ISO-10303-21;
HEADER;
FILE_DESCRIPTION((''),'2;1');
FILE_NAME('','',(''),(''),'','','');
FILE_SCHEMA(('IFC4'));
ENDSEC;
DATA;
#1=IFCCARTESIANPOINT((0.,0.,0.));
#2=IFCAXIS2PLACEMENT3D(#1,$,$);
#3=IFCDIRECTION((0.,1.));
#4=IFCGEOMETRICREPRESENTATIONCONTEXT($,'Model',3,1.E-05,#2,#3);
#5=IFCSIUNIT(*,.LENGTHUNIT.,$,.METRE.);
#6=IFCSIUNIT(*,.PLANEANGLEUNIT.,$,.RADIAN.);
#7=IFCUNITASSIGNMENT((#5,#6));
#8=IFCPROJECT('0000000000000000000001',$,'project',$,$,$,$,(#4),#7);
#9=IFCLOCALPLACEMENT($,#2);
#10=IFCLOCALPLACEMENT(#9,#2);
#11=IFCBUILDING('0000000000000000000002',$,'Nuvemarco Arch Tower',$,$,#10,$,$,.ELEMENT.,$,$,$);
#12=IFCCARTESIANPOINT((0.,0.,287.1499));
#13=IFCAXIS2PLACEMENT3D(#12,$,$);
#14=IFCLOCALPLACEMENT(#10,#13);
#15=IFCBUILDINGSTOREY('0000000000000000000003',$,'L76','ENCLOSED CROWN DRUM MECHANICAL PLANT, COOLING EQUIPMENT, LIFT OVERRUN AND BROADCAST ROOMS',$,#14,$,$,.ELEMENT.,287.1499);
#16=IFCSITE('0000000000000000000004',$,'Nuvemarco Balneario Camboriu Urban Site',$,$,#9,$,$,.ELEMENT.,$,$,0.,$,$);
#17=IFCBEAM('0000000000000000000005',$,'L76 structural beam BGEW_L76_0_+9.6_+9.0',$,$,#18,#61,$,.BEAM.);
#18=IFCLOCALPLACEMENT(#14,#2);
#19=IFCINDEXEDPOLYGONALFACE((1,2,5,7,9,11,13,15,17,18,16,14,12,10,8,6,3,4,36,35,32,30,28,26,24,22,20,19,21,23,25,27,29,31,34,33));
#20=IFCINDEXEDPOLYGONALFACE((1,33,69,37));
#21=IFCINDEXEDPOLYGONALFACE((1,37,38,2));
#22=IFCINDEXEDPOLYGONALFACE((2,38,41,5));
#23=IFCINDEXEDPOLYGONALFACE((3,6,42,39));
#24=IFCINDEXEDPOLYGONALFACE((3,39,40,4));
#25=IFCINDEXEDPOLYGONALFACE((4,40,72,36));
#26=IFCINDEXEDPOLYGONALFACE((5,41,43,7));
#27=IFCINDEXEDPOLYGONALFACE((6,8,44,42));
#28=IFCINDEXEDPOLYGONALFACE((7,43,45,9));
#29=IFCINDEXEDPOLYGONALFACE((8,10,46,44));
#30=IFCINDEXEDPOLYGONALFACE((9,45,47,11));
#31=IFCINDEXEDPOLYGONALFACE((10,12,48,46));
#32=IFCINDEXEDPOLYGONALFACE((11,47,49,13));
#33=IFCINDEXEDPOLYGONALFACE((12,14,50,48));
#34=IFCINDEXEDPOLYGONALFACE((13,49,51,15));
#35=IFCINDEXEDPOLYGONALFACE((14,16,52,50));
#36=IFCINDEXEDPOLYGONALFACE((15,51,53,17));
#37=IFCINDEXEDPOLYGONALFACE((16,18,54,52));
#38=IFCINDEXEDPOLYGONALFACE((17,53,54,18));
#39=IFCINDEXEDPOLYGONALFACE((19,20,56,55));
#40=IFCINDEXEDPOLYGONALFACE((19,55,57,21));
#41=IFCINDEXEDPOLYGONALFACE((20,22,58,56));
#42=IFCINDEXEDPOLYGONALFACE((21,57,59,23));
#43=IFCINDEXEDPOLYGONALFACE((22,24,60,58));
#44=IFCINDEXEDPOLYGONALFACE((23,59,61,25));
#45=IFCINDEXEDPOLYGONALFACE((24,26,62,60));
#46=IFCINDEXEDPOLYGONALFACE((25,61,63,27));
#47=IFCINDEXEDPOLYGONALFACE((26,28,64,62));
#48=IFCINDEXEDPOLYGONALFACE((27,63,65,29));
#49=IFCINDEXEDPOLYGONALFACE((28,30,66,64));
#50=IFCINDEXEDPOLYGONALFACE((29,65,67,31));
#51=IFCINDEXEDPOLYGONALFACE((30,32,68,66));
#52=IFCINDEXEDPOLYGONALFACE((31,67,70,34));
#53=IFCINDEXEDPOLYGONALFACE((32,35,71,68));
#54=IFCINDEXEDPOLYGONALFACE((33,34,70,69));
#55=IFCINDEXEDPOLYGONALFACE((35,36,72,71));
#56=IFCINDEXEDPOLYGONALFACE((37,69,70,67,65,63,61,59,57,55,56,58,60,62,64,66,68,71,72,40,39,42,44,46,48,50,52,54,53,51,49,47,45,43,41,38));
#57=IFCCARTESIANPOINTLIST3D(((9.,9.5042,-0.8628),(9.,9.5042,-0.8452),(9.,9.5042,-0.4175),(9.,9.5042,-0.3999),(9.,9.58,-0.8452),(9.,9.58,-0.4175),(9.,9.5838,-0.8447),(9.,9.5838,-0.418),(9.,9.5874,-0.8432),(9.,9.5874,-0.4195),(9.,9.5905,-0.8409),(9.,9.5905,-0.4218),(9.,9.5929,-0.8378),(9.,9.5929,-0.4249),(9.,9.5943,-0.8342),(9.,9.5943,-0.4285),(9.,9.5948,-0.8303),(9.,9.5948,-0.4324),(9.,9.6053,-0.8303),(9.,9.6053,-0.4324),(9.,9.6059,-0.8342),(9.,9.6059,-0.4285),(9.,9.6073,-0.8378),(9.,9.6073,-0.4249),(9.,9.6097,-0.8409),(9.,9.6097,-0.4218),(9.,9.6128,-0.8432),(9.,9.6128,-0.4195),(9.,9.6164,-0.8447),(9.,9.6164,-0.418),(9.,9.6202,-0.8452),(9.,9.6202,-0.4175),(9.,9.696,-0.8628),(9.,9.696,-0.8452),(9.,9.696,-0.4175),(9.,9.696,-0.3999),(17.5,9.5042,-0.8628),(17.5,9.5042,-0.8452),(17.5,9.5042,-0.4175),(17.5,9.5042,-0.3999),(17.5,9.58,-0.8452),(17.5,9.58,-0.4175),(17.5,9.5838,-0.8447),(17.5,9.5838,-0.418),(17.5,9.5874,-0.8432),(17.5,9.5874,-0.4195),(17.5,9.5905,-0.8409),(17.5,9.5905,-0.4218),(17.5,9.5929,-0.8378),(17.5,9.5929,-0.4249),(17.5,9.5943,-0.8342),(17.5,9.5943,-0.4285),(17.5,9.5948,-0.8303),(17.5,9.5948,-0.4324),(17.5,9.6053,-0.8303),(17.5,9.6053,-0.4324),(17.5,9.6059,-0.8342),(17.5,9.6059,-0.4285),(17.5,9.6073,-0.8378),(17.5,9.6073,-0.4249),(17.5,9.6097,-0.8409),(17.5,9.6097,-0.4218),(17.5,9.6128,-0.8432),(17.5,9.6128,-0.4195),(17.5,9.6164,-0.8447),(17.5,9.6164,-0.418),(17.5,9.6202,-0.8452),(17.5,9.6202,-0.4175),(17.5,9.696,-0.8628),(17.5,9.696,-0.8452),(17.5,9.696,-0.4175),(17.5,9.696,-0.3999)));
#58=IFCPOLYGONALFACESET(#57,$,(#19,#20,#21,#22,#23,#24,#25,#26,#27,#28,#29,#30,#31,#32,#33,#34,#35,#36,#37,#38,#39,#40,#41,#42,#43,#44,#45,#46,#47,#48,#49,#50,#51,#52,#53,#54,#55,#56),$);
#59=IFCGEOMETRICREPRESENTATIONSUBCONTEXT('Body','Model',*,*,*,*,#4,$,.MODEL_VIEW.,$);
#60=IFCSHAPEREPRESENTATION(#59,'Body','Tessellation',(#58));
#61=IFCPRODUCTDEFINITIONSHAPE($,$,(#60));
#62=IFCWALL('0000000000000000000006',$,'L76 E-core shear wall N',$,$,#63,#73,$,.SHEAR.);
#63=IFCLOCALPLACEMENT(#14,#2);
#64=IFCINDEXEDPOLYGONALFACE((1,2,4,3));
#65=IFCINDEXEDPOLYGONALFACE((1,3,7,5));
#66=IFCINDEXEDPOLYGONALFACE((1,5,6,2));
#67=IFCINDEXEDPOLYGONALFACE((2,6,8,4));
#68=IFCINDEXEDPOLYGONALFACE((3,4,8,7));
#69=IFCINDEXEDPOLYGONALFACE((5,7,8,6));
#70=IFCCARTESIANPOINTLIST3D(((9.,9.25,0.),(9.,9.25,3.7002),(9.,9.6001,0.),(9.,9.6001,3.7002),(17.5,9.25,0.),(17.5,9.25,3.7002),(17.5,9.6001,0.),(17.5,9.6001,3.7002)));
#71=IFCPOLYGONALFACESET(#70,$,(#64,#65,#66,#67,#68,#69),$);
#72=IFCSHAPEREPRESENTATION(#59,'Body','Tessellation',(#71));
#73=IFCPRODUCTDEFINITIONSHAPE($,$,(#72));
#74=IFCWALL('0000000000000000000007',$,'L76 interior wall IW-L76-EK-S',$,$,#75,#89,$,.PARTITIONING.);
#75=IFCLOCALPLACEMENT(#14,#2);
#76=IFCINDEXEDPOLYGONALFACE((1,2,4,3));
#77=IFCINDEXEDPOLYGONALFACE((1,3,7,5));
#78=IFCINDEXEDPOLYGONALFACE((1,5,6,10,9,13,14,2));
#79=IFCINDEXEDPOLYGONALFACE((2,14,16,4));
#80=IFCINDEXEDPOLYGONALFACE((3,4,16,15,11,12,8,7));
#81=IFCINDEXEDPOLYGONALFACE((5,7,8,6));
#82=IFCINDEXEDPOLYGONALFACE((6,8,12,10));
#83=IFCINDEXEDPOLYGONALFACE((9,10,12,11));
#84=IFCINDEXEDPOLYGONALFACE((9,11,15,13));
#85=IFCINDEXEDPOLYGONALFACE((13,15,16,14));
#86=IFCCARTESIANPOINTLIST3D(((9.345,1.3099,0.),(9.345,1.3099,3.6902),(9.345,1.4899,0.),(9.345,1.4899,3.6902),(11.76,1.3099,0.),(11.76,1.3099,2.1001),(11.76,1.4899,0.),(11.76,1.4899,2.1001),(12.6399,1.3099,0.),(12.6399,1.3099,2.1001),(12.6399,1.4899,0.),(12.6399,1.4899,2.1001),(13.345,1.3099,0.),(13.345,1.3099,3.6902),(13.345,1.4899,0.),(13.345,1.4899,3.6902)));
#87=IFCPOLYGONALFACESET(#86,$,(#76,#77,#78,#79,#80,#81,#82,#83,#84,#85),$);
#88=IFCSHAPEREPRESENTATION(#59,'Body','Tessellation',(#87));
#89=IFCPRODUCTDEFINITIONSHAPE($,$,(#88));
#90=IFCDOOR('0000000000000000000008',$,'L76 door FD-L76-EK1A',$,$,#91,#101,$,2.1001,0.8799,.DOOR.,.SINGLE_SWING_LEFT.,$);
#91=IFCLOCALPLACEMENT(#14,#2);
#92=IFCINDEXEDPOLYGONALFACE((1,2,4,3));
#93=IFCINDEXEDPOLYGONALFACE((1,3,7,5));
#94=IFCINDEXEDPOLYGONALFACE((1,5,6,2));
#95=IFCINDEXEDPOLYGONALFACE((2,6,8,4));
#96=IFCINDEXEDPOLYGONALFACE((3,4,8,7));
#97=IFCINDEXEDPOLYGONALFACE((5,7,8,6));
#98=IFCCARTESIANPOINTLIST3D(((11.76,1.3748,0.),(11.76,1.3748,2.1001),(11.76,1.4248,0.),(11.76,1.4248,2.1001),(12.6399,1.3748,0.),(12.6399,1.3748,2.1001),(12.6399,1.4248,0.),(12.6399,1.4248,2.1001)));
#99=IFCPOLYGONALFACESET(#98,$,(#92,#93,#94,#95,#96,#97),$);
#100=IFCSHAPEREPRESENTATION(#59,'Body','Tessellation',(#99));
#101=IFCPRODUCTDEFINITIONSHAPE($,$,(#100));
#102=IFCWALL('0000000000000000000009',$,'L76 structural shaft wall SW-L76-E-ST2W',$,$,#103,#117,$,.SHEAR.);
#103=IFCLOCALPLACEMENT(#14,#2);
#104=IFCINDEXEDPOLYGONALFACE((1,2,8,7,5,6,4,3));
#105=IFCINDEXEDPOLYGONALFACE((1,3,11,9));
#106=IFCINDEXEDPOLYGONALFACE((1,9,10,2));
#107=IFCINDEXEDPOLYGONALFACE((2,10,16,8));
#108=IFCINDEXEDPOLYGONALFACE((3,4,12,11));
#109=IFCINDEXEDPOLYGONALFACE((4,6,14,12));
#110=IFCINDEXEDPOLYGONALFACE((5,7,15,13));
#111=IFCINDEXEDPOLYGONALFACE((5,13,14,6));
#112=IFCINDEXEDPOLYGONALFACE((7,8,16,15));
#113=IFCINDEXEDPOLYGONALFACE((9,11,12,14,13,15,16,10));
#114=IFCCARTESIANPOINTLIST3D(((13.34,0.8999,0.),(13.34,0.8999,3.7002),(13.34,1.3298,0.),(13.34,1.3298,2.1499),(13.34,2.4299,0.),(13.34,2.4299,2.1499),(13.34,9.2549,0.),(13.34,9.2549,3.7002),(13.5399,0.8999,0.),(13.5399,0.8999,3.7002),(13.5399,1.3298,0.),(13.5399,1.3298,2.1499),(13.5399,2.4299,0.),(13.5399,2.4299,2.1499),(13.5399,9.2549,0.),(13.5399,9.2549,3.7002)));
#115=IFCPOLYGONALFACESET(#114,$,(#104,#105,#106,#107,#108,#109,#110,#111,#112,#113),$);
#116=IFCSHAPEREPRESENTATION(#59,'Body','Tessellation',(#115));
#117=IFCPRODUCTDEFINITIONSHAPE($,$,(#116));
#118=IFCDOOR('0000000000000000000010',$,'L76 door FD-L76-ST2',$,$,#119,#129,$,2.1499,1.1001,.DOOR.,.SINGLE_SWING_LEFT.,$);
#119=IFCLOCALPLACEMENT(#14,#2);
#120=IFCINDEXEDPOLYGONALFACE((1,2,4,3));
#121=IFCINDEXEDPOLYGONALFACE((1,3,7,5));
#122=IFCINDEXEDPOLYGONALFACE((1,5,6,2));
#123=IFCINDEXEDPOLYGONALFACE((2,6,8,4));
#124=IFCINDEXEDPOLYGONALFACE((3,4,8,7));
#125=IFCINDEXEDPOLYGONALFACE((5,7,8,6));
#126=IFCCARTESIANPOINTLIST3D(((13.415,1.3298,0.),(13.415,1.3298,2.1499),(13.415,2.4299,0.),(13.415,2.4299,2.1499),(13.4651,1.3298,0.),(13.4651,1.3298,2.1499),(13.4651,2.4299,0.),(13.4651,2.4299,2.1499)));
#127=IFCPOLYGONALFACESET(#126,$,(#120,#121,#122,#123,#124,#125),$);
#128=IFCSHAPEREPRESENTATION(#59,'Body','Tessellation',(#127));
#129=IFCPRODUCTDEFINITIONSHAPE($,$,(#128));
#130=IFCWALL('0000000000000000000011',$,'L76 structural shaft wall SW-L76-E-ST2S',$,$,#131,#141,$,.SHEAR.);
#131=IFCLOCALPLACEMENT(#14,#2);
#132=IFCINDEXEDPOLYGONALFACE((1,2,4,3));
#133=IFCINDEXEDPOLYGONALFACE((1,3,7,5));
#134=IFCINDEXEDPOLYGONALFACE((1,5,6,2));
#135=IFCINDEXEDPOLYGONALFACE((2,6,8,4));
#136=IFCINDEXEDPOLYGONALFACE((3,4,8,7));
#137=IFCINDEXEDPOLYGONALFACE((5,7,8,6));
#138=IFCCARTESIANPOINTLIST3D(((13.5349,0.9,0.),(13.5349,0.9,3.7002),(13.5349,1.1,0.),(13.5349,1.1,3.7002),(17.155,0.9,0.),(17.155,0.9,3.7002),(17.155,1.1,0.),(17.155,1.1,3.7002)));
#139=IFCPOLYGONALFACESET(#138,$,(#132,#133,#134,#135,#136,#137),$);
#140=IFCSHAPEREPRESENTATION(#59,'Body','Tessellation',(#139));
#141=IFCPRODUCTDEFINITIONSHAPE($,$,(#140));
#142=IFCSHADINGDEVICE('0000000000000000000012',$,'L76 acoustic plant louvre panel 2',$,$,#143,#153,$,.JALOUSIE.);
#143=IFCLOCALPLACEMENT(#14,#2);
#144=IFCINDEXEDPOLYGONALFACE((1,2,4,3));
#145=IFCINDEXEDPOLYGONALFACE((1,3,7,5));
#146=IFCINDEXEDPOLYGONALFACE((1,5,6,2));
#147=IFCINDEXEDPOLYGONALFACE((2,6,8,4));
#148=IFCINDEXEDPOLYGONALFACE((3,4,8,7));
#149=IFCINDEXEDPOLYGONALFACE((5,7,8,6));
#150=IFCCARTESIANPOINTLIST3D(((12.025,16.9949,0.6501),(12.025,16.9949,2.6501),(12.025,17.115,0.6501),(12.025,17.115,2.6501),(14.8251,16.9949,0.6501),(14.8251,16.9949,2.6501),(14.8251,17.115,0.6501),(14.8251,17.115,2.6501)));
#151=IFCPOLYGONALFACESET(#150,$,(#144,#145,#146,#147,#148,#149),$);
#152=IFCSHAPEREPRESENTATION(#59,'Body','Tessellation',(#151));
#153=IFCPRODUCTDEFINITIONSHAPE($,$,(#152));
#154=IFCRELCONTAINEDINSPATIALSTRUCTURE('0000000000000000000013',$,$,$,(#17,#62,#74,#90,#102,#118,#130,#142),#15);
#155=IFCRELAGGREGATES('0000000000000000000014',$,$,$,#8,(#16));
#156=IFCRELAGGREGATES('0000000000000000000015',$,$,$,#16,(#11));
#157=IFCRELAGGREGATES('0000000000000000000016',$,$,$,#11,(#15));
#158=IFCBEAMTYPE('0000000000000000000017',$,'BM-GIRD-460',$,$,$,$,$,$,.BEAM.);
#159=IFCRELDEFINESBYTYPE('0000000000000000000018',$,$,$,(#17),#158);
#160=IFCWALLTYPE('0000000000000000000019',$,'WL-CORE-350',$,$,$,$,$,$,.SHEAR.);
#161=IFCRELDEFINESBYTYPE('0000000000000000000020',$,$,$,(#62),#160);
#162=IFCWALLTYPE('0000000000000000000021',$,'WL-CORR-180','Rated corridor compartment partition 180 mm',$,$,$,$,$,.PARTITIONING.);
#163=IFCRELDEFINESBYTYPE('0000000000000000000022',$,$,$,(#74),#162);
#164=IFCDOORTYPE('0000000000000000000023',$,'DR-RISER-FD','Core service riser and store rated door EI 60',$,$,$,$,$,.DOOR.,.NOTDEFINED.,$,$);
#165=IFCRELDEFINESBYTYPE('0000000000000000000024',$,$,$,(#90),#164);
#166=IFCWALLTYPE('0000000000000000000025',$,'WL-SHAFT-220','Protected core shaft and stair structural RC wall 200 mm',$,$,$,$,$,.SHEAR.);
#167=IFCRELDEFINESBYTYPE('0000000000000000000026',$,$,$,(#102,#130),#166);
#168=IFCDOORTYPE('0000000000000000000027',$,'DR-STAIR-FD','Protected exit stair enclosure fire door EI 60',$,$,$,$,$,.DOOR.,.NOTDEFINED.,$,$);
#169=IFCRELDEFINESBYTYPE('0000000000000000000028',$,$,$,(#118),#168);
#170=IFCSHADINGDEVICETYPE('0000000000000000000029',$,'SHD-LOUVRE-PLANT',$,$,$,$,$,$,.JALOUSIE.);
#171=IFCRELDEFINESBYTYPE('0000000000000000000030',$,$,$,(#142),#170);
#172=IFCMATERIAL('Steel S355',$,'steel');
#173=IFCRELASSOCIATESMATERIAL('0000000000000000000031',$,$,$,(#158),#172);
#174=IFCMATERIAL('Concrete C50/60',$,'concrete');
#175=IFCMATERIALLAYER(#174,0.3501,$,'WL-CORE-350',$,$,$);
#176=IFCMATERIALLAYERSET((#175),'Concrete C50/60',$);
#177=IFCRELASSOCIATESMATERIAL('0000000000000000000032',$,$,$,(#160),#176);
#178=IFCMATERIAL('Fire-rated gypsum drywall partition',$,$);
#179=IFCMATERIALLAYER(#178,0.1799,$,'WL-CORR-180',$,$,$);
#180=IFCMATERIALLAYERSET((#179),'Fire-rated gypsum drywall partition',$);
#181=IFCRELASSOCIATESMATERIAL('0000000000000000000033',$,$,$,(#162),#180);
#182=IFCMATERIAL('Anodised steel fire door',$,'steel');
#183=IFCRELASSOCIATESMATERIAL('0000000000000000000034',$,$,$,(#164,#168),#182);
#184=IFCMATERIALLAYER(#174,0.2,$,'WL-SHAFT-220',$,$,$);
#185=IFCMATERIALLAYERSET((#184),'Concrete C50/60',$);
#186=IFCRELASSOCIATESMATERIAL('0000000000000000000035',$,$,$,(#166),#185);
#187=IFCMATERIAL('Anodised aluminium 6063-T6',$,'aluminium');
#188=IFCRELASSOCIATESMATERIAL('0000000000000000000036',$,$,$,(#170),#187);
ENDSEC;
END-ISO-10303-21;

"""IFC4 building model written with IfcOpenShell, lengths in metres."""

from ifc_helpers import new_model, si_unit, direction, frame, frame_2d, origin, origin_2d, place, context, subcontext, project, spatial, rectangle, i_section, extrude, source, transform, mapped, material, layer, layer_set, material_profile, profile_set, type_object, type_shapes, element, fill, save


model = new_model("IFC4")

# Units and contexts
model_context = context("Model", 3, precision=1e-05, world=origin(), true_north=direction((0.0, 1.0)))
body_context = subcontext(model_context, "Body", "Model", "MODEL_VIEW")
ifc_project = project(units=[si_unit("LENGTHUNIT", "METRE"), si_unit("PLANEANGLEUNIT", "RADIAN")], contexts=[model_context])

# Site, building, storey
site_placement = place(None, origin())
site = spatial("IfcSite", under=ifc_project, at=site_placement, Name="Nuvemarco Balneario Camboriu Urban Site", CompositionType="ELEMENT", RefElevation=0.0)
building_placement = place(site_placement, origin())
building = spatial("IfcBuilding", under=site, at=building_placement, Name="Nuvemarco Arch Tower", CompositionType="ELEMENT")
storey_placement = place(building_placement, frame((0.0, 0.0, 287.1499)))
storey = spatial("IfcBuildingStorey", under=building, at=storey_placement, Name="L76", Description="ENCLOSED CROWN DRUM MECHANICAL PLANT, COOLING EQUIPMENT, LIFT OVERRUN AND BROADCAST ROOMS", CompositionType="ELEMENT", Elevation=287.1499)

# Shared definitions
ifc_material_1 = material(Name="Concrete C50/60", Category="concrete")
ifc_material_2 = material(Name="Steel S355", Category="steel")

# Beam
ifc_material_profile_1 = material_profile(ifc_material_2, i_section(OverallWidth=0.1919, OverallDepth=0.4629, WebThickness=0.0105, FlangeThickness=0.0176, FilletRadius=0.0149, at=origin_2d()), Name="W460x89")
ifc_profile_set_1 = profile_set([ifc_material_profile_1], Name="Steel S355")
beam_type = type_object("IfcBeamType", Name="BM-GIRD-460", PredefinedType="BEAM", material=ifc_profile_set_1)
beam_1_placement = place(storey_placement, frame((9.0, 9.6001, -0.6313), z_axis=(1.0, 0.0, 0.0), x_axis=(0.0, 1.0, 0.0)))
element("IfcBeam", 1, at=beam_1_placement, inside=storey, type_object=beam_type, Name="L76 structural beam BGEW_L76_0_+9.6_+9.0", PredefinedType="BEAM", context=body_context, shape_type="SweptSolid", body=[
    extrude(i_section(OverallWidth=0.1919, OverallDepth=0.4629, WebThickness=0.0105, FlangeThickness=0.0176, FilletRadius=0.0149, at=origin_2d()), origin(), (0.0, 0.0, 1.0), 8.5),
])

# Wall
ifc_layer_1 = layer(ifc_material_1, 0.3501, Name="WL-CORE-350")
ifc_layer_set_1 = layer_set([ifc_layer_1], Name="Concrete C50/60")
wall_type_1 = type_object("IfcWallType", Name="WL-CORE-350", PredefinedType="SHEAR", material=ifc_layer_set_1)
wall_1_placement = place(storey_placement, frame((9.0, 9.425, 0.0), z_axis=(0.0, 0.0, 1.0), x_axis=(1.0, 0.0, 0.0)))
element("IfcWall", 2, at=wall_1_placement, inside=storey, type_object=wall_type_1, Name="L76 E-core shear wall N", PredefinedType="SHEAR", context=body_context, shape_type="SweptSolid", body=[
    extrude(rectangle(XDim=8.5, YDim=0.3501, at=frame_2d((4.25, 0.0))), origin(), (0.0, 0.0, 1.0), 3.7002),
])

# Walls, openings, doors
ifc_material_3 = material(Name="Fire-rated gypsum drywall partition")
ifc_layer_2 = layer(ifc_material_3, 0.1799, Name="WL-CORR-180")
ifc_layer_set_2 = layer_set([ifc_layer_2], Name="Fire-rated gypsum drywall partition")
wall_type_2 = type_object("IfcWallType", Name="WL-CORR-180", Description="Rated corridor compartment partition 180 mm", PredefinedType="PARTITIONING", material=ifc_layer_set_2)
wall_2_placement = place(storey_placement, frame((9.345, 1.3999, 0.0), z_axis=(0.0, 0.0, 1.0), x_axis=(1.0, 0.0, 0.0)))
wall_2 = element("IfcWall", 3, at=wall_2_placement, inside=storey, type_object=wall_type_2, Name="L76 interior wall IW-L76-EK-S", PredefinedType="PARTITIONING", context=body_context, shape_type="SweptSolid", body=[
    extrude(rectangle(XDim=4.0, YDim=0.1799, at=frame_2d((2.0, 0.0))), origin(), (0.0, 0.0, 1.0), 3.6902),
])
opening_1_placement = place(wall_2_placement, frame((2.415, 0.0, 0.0)))
opening_1 = element("IfcOpeningElement", 4, at=opening_1_placement, cuts=wall_2, PredefinedType="OPENING", context=body_context, shape_type="SweptSolid", body=[
    extrude(rectangle(XDim=0.8799, YDim=2.1001, at=frame_2d((0.4399, 1.05))), frame((0.0, 0.0999, 0.0), z_axis=(0.0, -1.0, 0.0), x_axis=(1.0, 0.0, 0.0)), (0.0, 0.0, 1.0), 0.2),
])
ifc_material_4 = material(Name="Anodised steel fire door", Category="steel")
door_type_1 = type_object("IfcDoorType", Name="DR-RISER-FD", Description="Core service riser and store rated door EI 60", OperationType="NOTDEFINED", PredefinedType="DOOR", material=ifc_material_4)
shared_shape_1 = source(origin(), body_context, "Body", "SweptSolid", [
    extrude(rectangle(XDim=0.8799, YDim=2.1001, at=frame_2d((0.4399, 1.05))), frame((0.0, 0.0249, 0.0), z_axis=(0.0, -1.0, 0.0), x_axis=(1.0, 0.0, 0.0)), (0.0, 0.0, 1.0), 0.05),
])
type_shapes(door_type_1, [shared_shape_1])
door_1_placement = place(opening_1_placement, origin())
door_1 = element("IfcDoor", 5, at=door_1_placement, inside=storey, type_object=door_type_1, Name="L76 door FD-L76-EK1A", OperationType="SINGLE_SWING_LEFT", OverallHeight=2.1001, OverallWidth=0.8799, PredefinedType="DOOR", context=body_context, shape_type="MappedRepresentation", body=[
    mapped(shared_shape_1, transform((0.0, 0.0, 0.0), scale=1.0)),
])
fill(opening_1, door_1)
ifc_layer_3 = layer(ifc_material_1, 0.2, Name="WL-SHAFT-220")
ifc_layer_set_3 = layer_set([ifc_layer_3], Name="Concrete C50/60")
wall_type_3 = type_object("IfcWallType", Name="WL-SHAFT-220", Description="Protected core shaft and stair structural RC wall 200 mm", PredefinedType="SHEAR", material=ifc_layer_set_3)
wall_3_placement = place(storey_placement, frame((13.4399, 0.8999, 0.0), z_axis=(0.0, 0.0, 1.0), x_axis=(0.0, 1.0, 0.0)))
wall_3 = element("IfcWall", 6, at=wall_3_placement, inside=storey, type_object=wall_type_3, Name="L76 structural shaft wall SW-L76-E-ST2W", PredefinedType="SHEAR", context=body_context, shape_type="SweptSolid", body=[
    extrude(rectangle(XDim=8.355, YDim=0.2, at=frame_2d((4.1775, 0.0))), origin(), (0.0, 0.0, 1.0), 3.7002),
])
opening_2_placement = place(wall_3_placement, frame((0.4299, 0.0, 0.0)))
opening_2 = element("IfcOpeningElement", 7, at=opening_2_placement, cuts=wall_3, PredefinedType="OPENING", context=body_context, shape_type="SweptSolid", body=[
    extrude(rectangle(XDim=1.1001, YDim=2.1499, at=frame_2d((0.55, 1.075))), frame((0.0, 0.1099, 0.0), z_axis=(0.0, -1.0, 0.0), x_axis=(1.0, 0.0, 0.0)), (0.0, 0.0, 1.0), 0.22),
])
door_type_2 = type_object("IfcDoorType", Name="DR-STAIR-FD", Description="Protected exit stair enclosure fire door EI 60", OperationType="NOTDEFINED", PredefinedType="DOOR", material=ifc_material_4)
shared_shape_2 = source(origin(), body_context, "Body", "SweptSolid", [
    extrude(rectangle(XDim=1.1001, YDim=2.1499, at=frame_2d((0.55, 1.075))), frame((0.0, 0.0249, 0.0), z_axis=(0.0, -1.0, 0.0), x_axis=(1.0, 0.0, 0.0)), (0.0, 0.0, 1.0), 0.05),
])
type_shapes(door_type_2, [shared_shape_2])
door_2_placement = place(opening_2_placement, origin())
door_2 = element("IfcDoor", 8, at=door_2_placement, inside=storey, type_object=door_type_2, Name="L76 door FD-L76-ST2", OperationType="SINGLE_SWING_LEFT", OverallHeight=2.1499, OverallWidth=1.1001, PredefinedType="DOOR", context=body_context, shape_type="MappedRepresentation", body=[
    mapped(shared_shape_2, transform((0.0, 0.0, 0.0), scale=1.0)),
])
fill(opening_2, door_2)

# Wall
wall_4_placement = place(storey_placement, frame((13.5349, 1.0, 0.0), z_axis=(0.0, 0.0, 1.0), x_axis=(1.0, 0.0, 0.0)))
element("IfcWall", 9, at=wall_4_placement, inside=storey, type_object=wall_type_3, Name="L76 structural shaft wall SW-L76-E-ST2S", PredefinedType="SHEAR", context=body_context, shape_type="SweptSolid", body=[
    extrude(rectangle(XDim=3.6201, YDim=0.2, at=frame_2d((1.8101, 0.0))), origin(), (0.0, 0.0, 1.0), 3.7002),
])

# Shading device
ifc_material_5 = material(Name="Anodised aluminium 6063-T6", Category="aluminium")
shading_device_type = type_object("IfcShadingDeviceType", Name="SHD-LOUVRE-PLANT", PredefinedType="JALOUSIE", material=ifc_material_5)
shared_shape_3 = source(origin(), body_context, "Body", "SweptSolid", [
    extrude(rectangle(XDim=2.8, YDim=0.1201, at=origin_2d()), origin(), (0.0, 0.0, 1.0), 2.0),
])
type_shapes(shading_device_type, [shared_shape_3])
shading_device_placement = place(storey_placement, frame((13.425, 17.0549, 0.6501), z_axis=(0.0, 0.0, 1.0), x_axis=(1.0, 0.0, 0.0)))
element("IfcShadingDevice", 10, at=shading_device_placement, inside=storey, type_object=shading_device_type, Name="L76 acoustic plant louvre panel 2", PredefinedType="JALOUSIE", context=body_context, shape_type="MappedRepresentation", body=[
    mapped(shared_shape_3, transform((0.0, 0.0, 0.0), scale=1.0)),
])

save(model, "model.ifc")
